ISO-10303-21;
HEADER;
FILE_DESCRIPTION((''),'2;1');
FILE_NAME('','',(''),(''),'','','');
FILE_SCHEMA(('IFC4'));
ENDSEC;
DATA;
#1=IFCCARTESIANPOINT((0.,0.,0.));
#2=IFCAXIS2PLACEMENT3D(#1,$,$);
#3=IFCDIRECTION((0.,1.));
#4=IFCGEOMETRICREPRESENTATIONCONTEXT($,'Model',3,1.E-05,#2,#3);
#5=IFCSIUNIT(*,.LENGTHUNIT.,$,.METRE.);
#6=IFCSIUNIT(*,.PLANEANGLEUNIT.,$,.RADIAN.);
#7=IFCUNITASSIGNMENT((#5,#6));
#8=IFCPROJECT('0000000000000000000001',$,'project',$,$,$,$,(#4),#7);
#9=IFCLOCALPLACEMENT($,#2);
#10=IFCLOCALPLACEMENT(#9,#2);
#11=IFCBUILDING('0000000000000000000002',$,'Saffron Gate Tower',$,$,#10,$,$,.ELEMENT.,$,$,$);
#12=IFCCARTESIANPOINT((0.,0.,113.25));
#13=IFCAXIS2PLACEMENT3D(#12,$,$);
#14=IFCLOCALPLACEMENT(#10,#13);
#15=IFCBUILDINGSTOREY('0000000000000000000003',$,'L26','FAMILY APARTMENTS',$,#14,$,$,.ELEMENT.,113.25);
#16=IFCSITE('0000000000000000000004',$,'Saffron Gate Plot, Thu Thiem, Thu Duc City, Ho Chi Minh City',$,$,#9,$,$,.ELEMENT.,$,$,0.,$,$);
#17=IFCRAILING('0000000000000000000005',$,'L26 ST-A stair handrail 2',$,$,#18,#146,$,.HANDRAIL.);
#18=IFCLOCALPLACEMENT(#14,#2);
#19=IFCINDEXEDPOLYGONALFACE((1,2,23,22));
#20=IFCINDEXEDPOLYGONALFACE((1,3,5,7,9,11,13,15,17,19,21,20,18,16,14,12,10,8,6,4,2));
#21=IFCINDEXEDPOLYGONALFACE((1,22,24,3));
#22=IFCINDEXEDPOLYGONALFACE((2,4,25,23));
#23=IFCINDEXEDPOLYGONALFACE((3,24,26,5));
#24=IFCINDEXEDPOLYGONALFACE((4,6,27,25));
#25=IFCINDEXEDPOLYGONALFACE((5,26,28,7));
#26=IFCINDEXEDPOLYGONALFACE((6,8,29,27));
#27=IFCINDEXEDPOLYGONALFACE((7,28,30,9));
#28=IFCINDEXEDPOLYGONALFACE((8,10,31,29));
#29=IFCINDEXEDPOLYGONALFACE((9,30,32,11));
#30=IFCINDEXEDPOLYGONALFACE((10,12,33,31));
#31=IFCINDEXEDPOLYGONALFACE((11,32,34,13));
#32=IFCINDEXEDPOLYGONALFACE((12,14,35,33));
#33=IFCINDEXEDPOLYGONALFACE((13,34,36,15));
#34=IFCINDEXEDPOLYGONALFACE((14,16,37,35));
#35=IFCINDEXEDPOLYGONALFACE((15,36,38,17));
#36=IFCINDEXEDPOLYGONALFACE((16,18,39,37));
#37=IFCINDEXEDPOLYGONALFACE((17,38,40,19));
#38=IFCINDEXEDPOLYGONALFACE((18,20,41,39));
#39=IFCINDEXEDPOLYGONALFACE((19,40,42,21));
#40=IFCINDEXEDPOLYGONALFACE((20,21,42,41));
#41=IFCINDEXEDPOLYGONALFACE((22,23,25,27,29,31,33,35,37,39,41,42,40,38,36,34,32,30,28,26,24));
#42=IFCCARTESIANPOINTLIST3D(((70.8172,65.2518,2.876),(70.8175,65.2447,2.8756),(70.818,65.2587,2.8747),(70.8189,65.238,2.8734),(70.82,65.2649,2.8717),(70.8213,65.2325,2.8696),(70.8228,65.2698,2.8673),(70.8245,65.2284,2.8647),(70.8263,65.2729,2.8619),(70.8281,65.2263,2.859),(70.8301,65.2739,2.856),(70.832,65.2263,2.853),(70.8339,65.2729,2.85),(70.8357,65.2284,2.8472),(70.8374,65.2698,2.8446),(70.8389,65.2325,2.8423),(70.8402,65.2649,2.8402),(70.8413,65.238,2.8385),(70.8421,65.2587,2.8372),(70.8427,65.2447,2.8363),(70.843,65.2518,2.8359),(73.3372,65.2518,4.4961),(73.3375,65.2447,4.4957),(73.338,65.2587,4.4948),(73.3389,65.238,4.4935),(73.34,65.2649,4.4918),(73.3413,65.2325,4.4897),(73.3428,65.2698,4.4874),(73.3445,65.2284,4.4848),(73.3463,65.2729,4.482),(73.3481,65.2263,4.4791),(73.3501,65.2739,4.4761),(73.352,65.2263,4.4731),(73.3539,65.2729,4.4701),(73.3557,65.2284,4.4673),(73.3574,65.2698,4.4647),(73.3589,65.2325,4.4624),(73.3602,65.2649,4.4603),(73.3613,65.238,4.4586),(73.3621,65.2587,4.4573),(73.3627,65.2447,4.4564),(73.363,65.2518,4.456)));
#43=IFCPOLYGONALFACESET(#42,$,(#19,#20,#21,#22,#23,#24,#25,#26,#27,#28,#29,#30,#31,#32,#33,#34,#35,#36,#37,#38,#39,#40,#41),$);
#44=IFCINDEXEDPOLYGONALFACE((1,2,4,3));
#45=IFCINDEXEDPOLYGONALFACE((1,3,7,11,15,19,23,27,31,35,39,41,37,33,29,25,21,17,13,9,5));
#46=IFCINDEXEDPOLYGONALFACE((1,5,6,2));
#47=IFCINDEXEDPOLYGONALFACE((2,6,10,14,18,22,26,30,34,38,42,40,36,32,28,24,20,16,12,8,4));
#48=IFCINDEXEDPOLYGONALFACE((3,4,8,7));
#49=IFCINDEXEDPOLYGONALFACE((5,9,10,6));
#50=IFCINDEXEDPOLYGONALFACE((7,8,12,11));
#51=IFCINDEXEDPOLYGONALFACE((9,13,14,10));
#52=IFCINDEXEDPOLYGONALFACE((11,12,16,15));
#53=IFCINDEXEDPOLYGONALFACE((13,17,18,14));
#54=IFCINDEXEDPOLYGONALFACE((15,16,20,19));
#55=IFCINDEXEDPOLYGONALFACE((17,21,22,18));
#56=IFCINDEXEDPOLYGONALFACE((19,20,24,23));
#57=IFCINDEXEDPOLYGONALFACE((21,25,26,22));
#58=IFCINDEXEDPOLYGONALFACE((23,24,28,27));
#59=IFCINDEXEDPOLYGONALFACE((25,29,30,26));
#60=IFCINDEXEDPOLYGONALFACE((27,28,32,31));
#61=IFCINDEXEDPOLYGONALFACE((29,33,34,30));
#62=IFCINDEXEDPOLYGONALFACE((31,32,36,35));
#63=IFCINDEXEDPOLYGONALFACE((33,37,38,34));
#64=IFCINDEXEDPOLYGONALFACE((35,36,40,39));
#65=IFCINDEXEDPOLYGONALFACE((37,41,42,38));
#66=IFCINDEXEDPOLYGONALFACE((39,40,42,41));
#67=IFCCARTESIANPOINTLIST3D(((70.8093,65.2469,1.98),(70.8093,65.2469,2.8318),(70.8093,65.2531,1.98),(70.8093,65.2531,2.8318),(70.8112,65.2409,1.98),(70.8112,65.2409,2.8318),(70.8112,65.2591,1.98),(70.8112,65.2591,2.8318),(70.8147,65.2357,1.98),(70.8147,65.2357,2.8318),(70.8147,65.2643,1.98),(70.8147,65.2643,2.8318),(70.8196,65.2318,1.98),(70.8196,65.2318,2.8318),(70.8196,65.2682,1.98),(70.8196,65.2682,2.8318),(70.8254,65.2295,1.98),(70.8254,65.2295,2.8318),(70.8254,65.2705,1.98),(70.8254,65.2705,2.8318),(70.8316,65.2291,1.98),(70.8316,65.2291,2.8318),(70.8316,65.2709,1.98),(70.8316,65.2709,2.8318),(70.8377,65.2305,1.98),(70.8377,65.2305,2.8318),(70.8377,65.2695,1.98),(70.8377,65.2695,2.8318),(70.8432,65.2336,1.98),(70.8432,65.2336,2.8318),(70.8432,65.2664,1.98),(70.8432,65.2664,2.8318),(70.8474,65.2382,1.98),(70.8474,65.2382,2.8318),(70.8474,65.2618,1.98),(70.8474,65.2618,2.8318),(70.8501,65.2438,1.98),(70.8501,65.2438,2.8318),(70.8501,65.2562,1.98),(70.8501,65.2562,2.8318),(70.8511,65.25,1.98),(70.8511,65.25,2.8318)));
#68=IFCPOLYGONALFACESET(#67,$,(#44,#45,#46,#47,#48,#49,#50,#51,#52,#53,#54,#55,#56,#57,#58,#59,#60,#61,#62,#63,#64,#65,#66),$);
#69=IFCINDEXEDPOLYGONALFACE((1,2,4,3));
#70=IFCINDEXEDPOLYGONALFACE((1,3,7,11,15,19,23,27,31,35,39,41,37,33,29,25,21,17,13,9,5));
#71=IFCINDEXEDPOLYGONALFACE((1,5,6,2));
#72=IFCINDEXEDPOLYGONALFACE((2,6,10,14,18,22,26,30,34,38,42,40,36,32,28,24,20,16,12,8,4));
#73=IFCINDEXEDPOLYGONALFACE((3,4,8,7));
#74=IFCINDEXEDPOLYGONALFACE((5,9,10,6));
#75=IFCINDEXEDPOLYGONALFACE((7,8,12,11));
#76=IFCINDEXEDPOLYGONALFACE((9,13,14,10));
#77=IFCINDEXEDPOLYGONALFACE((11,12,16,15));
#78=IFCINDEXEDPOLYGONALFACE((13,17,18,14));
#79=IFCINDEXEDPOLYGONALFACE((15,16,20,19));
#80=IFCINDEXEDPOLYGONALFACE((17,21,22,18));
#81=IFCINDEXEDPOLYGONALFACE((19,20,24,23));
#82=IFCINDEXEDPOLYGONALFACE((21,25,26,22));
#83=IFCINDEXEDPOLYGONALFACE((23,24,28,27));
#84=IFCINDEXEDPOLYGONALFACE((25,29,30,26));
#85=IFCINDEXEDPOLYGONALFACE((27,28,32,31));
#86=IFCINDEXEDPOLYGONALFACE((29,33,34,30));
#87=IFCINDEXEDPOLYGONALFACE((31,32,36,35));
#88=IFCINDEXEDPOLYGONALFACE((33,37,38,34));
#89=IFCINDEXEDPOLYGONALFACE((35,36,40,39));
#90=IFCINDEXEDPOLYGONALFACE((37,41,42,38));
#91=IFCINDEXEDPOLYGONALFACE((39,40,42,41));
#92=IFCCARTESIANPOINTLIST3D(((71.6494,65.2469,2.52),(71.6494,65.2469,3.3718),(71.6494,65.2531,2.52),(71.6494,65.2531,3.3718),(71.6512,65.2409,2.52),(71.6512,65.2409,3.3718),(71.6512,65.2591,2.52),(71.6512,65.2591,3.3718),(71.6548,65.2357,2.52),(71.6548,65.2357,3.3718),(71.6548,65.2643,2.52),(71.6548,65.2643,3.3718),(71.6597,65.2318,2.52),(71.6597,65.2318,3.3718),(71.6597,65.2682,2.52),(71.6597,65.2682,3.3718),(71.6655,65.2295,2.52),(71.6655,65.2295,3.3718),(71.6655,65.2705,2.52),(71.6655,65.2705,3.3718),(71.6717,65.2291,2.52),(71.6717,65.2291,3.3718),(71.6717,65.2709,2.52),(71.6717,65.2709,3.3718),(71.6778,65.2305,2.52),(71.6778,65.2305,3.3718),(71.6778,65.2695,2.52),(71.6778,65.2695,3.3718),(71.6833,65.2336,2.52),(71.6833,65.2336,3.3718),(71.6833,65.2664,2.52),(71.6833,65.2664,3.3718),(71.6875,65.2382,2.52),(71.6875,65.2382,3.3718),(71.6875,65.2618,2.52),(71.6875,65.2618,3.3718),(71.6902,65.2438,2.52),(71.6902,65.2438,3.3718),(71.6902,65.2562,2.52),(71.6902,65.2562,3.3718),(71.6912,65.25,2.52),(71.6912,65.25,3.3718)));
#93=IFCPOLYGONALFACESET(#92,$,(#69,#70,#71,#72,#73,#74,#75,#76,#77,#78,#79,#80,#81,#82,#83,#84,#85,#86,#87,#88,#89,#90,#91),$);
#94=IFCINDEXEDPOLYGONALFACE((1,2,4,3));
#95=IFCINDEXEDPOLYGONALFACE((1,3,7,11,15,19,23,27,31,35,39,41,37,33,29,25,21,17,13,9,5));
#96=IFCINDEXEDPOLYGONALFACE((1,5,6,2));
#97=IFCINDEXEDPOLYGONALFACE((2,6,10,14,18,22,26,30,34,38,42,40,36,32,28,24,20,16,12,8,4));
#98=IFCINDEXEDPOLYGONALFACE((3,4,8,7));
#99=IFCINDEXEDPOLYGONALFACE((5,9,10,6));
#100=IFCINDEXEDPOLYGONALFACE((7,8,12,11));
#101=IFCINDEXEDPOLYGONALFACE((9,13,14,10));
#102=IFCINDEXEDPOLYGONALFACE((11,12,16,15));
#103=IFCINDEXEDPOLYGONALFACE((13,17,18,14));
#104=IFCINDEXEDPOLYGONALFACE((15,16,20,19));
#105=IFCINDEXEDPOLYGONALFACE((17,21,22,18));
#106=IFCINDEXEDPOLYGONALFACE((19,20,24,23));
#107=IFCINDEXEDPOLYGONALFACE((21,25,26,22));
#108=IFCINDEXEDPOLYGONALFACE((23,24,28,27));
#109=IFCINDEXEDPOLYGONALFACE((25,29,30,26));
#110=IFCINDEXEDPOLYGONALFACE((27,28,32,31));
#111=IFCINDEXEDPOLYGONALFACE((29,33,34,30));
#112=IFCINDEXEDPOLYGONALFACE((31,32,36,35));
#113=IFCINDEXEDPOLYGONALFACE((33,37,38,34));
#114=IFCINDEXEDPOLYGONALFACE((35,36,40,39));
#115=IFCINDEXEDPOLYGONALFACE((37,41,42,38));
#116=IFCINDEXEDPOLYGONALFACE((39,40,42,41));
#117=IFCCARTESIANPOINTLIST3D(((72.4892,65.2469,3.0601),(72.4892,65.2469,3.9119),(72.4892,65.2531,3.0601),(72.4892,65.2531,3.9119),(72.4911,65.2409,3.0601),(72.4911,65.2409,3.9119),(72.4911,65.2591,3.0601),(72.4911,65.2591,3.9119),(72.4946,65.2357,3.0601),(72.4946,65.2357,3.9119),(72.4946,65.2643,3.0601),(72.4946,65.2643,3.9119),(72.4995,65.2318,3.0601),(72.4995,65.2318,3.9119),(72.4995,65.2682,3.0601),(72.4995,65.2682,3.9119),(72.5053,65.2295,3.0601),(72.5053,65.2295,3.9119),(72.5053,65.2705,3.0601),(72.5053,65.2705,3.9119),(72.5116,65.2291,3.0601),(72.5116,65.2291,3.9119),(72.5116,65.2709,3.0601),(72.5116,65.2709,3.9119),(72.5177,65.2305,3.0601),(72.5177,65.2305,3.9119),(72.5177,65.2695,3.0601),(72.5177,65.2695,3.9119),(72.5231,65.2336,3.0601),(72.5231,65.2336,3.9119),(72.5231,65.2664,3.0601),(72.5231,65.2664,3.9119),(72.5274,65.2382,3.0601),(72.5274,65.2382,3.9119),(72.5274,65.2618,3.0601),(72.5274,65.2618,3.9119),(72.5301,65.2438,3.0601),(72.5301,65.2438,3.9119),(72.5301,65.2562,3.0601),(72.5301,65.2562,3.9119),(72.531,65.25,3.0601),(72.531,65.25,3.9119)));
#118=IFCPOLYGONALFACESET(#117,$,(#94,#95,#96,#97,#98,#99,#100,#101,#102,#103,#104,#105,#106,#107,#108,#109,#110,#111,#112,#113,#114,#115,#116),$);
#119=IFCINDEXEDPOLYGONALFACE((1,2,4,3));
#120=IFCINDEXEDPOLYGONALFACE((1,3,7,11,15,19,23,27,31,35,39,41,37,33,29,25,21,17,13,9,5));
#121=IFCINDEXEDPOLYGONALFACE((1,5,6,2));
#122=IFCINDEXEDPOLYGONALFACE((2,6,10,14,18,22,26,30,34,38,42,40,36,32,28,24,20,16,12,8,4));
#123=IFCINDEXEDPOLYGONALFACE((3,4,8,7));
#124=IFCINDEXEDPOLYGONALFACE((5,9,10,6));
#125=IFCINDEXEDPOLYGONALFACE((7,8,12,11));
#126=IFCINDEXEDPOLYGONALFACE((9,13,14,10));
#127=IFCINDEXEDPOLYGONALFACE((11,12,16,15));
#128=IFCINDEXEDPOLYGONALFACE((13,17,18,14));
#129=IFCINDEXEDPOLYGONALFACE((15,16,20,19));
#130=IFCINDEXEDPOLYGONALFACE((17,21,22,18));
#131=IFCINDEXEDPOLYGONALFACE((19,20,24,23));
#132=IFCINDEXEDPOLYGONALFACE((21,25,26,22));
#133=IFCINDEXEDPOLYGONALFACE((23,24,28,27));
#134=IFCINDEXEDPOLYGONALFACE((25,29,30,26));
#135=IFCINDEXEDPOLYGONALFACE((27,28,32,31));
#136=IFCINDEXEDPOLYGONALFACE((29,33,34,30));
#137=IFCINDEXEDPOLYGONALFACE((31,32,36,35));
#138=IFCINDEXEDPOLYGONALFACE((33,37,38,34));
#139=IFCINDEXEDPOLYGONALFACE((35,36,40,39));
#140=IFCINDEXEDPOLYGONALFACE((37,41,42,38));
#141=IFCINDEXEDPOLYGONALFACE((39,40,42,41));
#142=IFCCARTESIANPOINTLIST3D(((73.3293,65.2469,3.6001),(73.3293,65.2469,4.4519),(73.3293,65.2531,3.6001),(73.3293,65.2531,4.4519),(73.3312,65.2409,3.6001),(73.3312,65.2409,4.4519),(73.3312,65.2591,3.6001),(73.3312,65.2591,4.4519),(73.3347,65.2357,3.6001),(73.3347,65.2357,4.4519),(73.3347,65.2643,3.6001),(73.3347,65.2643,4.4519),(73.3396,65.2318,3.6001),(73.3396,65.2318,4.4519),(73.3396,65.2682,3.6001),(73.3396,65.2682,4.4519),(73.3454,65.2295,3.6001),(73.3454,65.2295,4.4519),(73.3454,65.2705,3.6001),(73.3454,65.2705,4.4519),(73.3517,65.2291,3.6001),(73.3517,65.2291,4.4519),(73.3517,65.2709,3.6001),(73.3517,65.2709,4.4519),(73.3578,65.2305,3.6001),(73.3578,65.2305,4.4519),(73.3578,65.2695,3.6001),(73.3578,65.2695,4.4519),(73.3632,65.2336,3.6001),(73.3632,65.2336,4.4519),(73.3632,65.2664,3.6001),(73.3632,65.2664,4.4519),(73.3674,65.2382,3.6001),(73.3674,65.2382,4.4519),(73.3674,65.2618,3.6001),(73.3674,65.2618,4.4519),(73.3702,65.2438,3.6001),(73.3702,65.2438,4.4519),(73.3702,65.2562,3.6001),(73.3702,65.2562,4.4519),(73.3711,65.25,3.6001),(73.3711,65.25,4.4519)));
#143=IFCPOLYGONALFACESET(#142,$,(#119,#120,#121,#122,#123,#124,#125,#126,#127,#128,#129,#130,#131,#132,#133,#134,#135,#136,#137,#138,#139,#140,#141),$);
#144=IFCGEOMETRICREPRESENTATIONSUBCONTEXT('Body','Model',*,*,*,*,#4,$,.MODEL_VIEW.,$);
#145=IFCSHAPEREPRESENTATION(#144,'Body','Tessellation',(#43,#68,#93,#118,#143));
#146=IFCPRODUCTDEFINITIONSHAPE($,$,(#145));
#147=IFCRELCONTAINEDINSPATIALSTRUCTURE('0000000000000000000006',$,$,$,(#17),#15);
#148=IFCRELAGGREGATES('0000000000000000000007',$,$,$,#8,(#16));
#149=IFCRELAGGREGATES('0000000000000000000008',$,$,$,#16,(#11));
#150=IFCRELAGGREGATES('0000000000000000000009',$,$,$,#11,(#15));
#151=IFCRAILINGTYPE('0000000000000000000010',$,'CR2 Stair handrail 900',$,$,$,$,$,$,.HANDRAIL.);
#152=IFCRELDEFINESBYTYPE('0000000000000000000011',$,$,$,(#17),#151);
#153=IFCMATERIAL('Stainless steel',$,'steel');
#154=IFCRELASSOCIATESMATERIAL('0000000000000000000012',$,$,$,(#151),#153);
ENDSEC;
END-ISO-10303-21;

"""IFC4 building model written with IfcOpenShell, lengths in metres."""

from ifc_helpers import new_model, si_unit, direction, frame, origin, origin_2d, place, context, subcontext, project, spatial, circle, extrude, material, type_object, element, save


model = new_model("IFC4")

# Units and contexts
model_context = context("Model", 3, precision=1e-05, world=origin(), true_north=direction((0.0, 1.0)))
body_context = subcontext(model_context, "Body", "Model", "MODEL_VIEW")
ifc_project = project(units=[si_unit("LENGTHUNIT", "METRE"), si_unit("PLANEANGLEUNIT", "RADIAN")], contexts=[model_context])

# Site, building, storey
site_placement = place(None, origin())
site = spatial("IfcSite", under=ifc_project, at=site_placement, Name="Saffron Gate Plot, Thu Thiem, Thu Duc City, Ho Chi Minh City", CompositionType="ELEMENT", RefElevation=0.0)
building_placement = place(site_placement, origin())
building = spatial("IfcBuilding", under=site, at=building_placement, Name="Saffron Gate Tower", CompositionType="ELEMENT")
storey_placement = place(building_placement, frame((0.0, 0.0, 113.25)))
storey = spatial("IfcBuildingStorey", under=building, at=storey_placement, Name="L26", Description="FAMILY APARTMENTS", CompositionType="ELEMENT", Elevation=113.25)

# Railing
ifc_material_1 = material(Name="Stainless steel", Category="steel")
railing_type_1 = type_object("IfcRailingType", Name="CR2 Stair handrail 900", PredefinedType="HANDRAIL", material=ifc_material_1)
railing_1_placement = place(storey_placement, frame((70.8301, 65.25, 1.98)))
element("IfcRailing", 1, at=railing_1_placement, inside=storey, type_object=railing_type_1, Name="L26 ST-A stair handrail 2", PredefinedType="HANDRAIL", context=body_context, shape_type="SweptSolid", body=[
    extrude(circle(Radius=0.0239, at=origin_2d()), frame((0.0, 0.0, 0.876), z_axis=(0.841163, 0.0, 0.540782), x_axis=(0.0, 1.0, 0.0)), (0.0, 0.0, 1.0), 2.9958),
    extrude(circle(Radius=0.021, at=origin_2d()), origin(), (0.0, 0.0, 1.0), 0.8518),
    extrude(circle(Radius=0.021, at=origin_2d()), frame((0.8401, 0.0, 0.54)), (0.0, 0.0, 1.0), 0.8518),
    extrude(circle(Radius=0.021, at=origin_2d()), frame((1.6799, 0.0, 1.0801)), (0.0, 0.0, 1.0), 0.8518),
    extrude(circle(Radius=0.021, at=origin_2d()), frame((2.52, 0.0, 1.6201)), (0.0, 0.0, 1.0), 0.8518),
])

save(model, "model.ifc")
